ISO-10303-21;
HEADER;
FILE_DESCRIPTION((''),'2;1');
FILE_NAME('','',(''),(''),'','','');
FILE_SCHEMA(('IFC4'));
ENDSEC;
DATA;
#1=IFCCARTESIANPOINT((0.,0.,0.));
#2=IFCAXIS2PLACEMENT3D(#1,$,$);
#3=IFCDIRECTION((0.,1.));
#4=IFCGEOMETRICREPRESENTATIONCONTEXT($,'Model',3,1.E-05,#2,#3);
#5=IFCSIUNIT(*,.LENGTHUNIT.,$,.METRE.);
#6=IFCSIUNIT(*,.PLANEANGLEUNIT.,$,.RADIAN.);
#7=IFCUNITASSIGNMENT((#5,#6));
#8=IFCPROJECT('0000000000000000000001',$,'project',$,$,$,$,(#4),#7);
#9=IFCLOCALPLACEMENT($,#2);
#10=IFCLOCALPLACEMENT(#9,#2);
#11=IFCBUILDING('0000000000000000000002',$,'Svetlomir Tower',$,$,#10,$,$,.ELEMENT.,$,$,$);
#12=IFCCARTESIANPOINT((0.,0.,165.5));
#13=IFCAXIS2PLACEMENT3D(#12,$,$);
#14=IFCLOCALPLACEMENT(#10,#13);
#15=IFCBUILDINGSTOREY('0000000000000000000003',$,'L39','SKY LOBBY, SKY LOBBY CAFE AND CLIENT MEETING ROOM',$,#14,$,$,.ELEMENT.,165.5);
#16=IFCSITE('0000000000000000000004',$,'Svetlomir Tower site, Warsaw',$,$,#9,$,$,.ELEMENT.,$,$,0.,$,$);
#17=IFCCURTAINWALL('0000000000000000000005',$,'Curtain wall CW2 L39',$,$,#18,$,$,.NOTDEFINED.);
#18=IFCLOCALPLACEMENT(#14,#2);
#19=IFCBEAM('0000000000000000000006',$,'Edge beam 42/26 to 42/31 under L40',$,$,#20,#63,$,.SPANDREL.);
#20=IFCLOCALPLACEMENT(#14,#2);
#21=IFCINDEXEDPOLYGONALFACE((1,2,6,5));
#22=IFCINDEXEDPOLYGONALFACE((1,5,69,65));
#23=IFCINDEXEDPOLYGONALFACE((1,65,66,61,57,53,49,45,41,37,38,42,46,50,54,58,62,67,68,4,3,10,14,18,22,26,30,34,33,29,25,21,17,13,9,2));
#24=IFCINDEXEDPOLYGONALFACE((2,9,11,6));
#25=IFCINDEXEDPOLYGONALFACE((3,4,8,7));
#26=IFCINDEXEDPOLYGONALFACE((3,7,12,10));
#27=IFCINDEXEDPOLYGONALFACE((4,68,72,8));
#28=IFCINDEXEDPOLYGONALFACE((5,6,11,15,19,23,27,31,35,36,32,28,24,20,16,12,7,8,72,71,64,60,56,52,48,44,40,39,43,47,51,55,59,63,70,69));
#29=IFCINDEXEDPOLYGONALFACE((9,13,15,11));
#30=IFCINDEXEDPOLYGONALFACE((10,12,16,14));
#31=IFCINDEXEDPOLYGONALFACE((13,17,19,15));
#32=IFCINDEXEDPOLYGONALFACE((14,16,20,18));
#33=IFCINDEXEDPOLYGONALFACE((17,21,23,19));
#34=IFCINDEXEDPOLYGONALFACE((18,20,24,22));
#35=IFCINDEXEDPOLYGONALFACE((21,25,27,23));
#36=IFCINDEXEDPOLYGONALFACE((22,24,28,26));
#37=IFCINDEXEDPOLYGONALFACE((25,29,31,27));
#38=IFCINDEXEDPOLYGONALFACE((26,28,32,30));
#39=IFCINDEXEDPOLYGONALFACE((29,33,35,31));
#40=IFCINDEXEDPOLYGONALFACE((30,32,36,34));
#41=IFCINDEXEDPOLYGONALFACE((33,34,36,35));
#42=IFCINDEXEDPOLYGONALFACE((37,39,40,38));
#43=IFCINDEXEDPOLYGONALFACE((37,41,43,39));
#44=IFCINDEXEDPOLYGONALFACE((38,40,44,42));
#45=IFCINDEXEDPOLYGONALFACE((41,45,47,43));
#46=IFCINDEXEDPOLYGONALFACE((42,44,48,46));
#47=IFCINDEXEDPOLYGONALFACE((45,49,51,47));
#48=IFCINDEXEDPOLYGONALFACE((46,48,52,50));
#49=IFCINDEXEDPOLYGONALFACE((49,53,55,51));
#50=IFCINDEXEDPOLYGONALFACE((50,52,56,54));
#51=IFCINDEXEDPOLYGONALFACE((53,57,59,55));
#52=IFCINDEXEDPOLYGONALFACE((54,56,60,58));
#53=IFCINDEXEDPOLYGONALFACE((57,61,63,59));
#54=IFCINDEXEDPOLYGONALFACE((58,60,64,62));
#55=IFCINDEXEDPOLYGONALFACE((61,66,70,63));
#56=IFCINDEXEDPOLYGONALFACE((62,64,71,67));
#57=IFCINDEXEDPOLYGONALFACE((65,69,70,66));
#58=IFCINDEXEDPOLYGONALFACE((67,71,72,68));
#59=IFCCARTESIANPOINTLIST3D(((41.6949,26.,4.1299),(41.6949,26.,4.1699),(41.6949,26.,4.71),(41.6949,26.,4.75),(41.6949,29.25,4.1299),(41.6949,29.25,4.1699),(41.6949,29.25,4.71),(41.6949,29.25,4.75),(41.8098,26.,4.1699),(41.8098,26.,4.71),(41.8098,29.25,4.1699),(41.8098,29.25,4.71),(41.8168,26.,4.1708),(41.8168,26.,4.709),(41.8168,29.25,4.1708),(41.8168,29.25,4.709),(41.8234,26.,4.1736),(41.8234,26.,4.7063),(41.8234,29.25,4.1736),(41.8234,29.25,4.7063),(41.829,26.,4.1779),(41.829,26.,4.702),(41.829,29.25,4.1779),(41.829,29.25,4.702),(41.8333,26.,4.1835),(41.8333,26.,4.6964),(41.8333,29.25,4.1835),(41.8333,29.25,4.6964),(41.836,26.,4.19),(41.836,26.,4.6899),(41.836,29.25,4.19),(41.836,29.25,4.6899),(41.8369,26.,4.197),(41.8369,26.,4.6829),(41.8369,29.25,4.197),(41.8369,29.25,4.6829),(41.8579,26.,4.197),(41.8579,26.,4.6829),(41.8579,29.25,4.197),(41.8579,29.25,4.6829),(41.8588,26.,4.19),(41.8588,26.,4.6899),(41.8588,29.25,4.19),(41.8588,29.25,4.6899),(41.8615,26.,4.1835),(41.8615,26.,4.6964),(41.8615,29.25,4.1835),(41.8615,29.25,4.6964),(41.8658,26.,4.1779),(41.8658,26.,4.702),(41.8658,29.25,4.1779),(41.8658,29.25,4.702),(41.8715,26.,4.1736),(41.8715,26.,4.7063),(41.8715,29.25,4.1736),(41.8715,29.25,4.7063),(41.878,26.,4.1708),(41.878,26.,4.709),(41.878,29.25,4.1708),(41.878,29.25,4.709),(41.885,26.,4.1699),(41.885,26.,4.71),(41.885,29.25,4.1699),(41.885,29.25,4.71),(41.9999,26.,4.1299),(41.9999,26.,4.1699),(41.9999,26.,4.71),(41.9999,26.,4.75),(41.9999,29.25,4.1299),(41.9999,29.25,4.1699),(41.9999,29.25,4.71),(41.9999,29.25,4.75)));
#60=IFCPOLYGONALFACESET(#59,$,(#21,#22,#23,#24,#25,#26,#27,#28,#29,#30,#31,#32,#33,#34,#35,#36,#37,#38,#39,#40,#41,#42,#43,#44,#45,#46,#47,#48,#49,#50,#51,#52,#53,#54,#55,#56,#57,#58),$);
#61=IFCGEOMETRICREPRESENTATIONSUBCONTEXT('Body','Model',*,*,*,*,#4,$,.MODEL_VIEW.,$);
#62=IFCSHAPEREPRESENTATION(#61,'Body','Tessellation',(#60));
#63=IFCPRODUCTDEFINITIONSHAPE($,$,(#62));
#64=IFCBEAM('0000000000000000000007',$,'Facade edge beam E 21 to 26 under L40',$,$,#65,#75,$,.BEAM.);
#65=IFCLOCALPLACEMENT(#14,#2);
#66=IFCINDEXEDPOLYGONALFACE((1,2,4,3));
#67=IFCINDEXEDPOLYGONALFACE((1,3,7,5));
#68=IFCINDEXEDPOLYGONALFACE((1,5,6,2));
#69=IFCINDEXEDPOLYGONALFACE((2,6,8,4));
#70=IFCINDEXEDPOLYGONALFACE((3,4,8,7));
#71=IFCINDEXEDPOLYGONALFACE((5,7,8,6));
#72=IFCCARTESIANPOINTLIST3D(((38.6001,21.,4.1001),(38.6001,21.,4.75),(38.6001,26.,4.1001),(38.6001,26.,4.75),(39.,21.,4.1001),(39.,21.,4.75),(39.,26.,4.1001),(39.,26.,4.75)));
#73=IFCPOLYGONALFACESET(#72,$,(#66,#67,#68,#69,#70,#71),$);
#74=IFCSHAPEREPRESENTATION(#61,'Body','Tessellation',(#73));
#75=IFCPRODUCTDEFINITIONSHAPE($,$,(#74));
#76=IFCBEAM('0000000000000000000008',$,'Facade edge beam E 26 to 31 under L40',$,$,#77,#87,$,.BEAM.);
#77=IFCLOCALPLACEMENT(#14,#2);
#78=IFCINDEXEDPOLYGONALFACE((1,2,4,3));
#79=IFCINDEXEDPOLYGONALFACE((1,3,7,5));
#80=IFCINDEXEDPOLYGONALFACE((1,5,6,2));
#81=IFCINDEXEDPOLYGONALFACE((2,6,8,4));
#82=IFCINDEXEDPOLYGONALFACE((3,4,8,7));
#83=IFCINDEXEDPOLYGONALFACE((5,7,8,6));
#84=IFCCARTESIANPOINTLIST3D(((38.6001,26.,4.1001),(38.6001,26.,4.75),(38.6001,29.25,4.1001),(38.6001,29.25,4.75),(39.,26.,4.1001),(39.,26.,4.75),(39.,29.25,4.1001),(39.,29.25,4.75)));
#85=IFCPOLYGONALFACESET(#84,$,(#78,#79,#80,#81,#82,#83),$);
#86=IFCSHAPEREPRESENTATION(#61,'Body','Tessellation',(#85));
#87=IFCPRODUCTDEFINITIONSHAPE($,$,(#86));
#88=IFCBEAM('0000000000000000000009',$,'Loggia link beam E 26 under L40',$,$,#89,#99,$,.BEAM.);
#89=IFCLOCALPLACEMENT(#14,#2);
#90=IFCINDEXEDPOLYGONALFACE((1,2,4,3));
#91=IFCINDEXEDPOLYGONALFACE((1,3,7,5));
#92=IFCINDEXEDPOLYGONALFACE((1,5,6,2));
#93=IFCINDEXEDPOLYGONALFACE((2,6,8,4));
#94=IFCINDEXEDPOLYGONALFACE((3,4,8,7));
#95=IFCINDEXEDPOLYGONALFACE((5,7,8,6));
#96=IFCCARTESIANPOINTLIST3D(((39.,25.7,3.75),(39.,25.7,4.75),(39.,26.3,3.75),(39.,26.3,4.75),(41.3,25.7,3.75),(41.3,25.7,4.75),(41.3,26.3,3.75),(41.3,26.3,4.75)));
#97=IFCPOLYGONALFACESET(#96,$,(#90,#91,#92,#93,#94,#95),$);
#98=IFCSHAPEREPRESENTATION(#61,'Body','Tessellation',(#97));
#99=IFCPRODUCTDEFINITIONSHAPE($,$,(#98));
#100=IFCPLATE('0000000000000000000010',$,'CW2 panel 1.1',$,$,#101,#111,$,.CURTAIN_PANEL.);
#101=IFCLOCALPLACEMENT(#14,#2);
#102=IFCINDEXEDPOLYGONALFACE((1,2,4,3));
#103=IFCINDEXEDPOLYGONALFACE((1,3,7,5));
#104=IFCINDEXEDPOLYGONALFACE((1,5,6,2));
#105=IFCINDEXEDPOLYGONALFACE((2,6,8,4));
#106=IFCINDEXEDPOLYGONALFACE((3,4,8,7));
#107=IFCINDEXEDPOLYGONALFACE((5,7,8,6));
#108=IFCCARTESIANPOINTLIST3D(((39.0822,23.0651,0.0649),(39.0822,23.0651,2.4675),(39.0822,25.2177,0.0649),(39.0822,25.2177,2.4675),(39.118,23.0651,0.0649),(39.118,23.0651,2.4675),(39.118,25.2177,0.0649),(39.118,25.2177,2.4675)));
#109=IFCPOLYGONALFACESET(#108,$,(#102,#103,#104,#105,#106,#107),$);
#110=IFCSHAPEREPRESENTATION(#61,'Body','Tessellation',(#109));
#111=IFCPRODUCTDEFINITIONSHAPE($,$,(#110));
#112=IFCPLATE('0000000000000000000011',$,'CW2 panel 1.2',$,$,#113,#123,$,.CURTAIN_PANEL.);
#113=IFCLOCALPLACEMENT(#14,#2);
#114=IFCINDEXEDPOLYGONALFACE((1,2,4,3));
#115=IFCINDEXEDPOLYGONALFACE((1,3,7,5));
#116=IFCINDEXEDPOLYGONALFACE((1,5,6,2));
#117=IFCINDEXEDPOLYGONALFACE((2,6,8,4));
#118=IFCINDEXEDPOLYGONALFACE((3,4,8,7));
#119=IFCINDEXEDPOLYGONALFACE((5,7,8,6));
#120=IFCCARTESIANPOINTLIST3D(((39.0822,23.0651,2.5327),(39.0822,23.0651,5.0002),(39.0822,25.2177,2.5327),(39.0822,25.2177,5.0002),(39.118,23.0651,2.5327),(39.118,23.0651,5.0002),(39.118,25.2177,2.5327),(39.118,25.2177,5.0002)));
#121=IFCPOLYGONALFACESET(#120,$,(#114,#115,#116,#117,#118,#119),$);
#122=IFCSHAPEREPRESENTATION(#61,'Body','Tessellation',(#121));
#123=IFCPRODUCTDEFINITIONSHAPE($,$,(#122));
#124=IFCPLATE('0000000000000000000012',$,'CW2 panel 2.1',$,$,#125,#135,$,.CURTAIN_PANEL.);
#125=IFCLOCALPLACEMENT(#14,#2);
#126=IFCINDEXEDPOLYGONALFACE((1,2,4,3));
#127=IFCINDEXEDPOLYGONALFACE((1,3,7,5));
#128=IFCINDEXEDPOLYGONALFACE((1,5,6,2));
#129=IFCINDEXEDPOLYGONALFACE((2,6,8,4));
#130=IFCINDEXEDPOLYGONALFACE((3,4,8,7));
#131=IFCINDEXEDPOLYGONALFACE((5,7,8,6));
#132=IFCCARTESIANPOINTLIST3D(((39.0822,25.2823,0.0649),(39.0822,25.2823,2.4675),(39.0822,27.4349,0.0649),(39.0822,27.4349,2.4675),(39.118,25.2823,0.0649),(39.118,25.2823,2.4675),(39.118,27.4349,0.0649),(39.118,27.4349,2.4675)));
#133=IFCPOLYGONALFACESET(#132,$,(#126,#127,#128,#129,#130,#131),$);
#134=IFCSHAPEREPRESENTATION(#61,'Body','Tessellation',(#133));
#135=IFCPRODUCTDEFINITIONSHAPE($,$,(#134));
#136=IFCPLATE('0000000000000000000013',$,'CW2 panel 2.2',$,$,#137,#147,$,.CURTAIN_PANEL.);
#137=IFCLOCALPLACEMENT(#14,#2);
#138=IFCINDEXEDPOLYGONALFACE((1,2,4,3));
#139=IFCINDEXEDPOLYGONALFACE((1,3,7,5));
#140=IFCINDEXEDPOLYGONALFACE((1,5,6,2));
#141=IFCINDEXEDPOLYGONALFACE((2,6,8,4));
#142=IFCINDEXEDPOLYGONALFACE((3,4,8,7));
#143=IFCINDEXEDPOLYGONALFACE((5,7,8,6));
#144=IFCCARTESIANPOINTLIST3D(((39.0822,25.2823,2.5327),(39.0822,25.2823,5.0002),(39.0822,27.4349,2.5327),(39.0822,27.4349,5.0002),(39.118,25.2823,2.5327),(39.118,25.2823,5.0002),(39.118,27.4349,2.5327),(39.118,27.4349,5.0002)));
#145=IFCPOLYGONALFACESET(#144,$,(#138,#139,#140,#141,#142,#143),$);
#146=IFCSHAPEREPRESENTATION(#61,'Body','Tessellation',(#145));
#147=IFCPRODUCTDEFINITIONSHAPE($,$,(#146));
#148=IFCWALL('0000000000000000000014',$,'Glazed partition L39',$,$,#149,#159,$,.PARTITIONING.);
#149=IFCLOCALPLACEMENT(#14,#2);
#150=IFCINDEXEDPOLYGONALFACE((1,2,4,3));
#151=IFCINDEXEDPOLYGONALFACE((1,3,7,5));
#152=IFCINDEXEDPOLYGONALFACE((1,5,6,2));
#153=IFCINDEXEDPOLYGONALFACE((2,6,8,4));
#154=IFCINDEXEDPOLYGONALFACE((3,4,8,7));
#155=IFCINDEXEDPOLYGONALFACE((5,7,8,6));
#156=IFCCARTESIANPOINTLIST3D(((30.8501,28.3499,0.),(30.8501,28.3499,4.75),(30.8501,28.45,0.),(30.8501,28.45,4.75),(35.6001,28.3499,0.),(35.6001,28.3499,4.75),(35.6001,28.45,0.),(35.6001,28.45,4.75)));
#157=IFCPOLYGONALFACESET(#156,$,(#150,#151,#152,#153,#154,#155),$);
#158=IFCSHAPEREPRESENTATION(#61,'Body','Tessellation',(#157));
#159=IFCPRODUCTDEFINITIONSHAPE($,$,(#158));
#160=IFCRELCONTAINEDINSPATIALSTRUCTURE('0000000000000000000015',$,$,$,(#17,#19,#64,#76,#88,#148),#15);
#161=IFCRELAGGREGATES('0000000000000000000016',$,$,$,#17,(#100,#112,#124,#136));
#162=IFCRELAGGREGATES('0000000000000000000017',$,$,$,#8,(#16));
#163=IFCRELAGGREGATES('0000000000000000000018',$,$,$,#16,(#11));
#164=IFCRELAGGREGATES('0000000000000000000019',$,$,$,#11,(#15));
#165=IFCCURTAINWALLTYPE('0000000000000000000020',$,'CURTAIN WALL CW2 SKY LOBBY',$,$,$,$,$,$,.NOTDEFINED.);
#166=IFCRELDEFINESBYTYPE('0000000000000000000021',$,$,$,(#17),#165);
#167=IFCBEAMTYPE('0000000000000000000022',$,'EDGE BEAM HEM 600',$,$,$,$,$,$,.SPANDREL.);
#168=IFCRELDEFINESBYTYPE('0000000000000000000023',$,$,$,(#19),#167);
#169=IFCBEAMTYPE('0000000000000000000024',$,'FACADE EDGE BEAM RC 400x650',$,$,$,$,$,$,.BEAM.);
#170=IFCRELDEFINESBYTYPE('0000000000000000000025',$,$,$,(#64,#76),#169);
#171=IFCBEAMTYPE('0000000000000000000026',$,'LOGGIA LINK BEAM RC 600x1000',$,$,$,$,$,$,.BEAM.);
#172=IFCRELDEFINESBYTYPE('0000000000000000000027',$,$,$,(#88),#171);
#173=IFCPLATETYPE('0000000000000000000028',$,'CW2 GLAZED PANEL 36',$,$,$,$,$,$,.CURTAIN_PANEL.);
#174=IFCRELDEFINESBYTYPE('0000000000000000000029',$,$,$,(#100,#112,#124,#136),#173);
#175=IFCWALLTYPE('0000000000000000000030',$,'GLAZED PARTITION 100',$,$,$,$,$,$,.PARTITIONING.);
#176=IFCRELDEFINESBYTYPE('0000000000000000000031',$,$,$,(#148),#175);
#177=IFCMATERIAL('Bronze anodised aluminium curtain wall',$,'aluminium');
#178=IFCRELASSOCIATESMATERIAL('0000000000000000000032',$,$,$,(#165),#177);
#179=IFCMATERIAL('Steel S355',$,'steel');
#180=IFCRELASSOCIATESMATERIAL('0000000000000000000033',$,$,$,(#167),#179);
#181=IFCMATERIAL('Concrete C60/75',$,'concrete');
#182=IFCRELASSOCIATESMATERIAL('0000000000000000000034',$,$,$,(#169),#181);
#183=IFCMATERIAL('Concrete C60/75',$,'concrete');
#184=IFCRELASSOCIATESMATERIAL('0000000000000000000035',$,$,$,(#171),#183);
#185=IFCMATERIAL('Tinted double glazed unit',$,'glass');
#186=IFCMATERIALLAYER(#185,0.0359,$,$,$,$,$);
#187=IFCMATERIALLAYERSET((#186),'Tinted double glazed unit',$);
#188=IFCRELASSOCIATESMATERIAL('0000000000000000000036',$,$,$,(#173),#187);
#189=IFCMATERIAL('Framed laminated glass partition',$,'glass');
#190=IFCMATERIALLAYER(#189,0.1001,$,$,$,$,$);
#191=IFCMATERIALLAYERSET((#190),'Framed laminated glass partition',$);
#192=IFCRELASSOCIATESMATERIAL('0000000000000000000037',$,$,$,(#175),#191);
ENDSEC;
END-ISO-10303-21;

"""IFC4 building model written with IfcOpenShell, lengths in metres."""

from ifc_helpers import new_model, si_unit, direction, frame, frame_2d, origin, origin_2d, place, context, subcontext, project, spatial, rectangle, i_section, extrude, material, layer, layer_set, material_profile, profile_set, type_object, element, aggregate, save


model = new_model("IFC4")

# Units and contexts
model_context = context("Model", 3, precision=1e-05, world=origin(), true_north=direction((0.0, 1.0)))
body_context = subcontext(model_context, "Body", "Model", "MODEL_VIEW")
ifc_project = project(units=[si_unit("LENGTHUNIT", "METRE"), si_unit("PLANEANGLEUNIT", "RADIAN")], contexts=[model_context])

# Site, building, storey
site_placement = place(None, origin())
site = spatial("IfcSite", under=ifc_project, at=site_placement, Name="Svetlomir Tower site, Warsaw", CompositionType="ELEMENT", RefElevation=0.0)
building_placement = place(site_placement, origin())
building = spatial("IfcBuilding", under=site, at=building_placement, Name="Svetlomir Tower", CompositionType="ELEMENT")
storey_placement = place(building_placement, frame((0.0, 0.0, 165.5)))
storey = spatial("IfcBuildingStorey", under=building, at=storey_placement, Name="L39", Description="SKY LOBBY, SKY LOBBY CAFE AND CLIENT MEETING ROOM", CompositionType="ELEMENT", Elevation=165.5)

# Curtain wall
ifc_material_1 = material(Name="Bronze anodised aluminium curtain wall", Category="aluminium")
curtain_wall_type = type_object("IfcCurtainWallType", Name="CURTAIN WALL CW2 SKY LOBBY", PredefinedType="NOTDEFINED", material=ifc_material_1)
curtain_wall_placement = place(storey_placement, origin())
curtain_wall = element("IfcCurtainWall", 1, at=curtain_wall_placement, inside=storey, type_object=curtain_wall_type, Name="Curtain wall CW2 L39", PredefinedType="NOTDEFINED")

# Beams
ifc_material_2 = material(Name="Steel S355", Category="steel")
ifc_material_profile_1 = material_profile(ifc_material_2, i_section(OverallWidth=0.3049, OverallDepth=0.6201, WebThickness=0.021, FlangeThickness=0.04, FilletRadius=0.0271, at=origin_2d()), Name="HEM 600")
ifc_profile_set_1 = profile_set([ifc_material_profile_1], Name="Steel S355")
beam_type_1 = type_object("IfcBeamType", Name="EDGE BEAM HEM 600", PredefinedType="SPANDREL", material=ifc_profile_set_1)
beam_1_placement = place(storey_placement, frame((41.8474, 26.0, 4.4399), z_axis=(0.0, 1.0, 0.0), x_axis=(-1.0, 0.0, 0.0)))
element("IfcBeam", 2, at=beam_1_placement, inside=storey, type_object=beam_type_1, Name="Edge beam 42/26 to 42/31 under L40", PredefinedType="SPANDREL", context=body_context, shape_type="SweptSolid", body=[
    extrude(i_section(OverallWidth=0.3049, OverallDepth=0.6201, WebThickness=0.021, FlangeThickness=0.04, FilletRadius=0.0271, at=origin_2d()), origin(), (0.0, 0.0, 1.0), 3.25),
])
ifc_material_3 = material(Name="Concrete C60/75", Category="concrete")
ifc_material_profile_2 = material_profile(ifc_material_3, rectangle(XDim=0.3999, YDim=0.6499, at=origin_2d()), Name="RC 400x650")
ifc_profile_set_2 = profile_set([ifc_material_profile_2], Name="Concrete C60/75")
beam_type_2 = type_object("IfcBeamType", Name="FACADE EDGE BEAM RC 400x650", PredefinedType="BEAM", material=ifc_profile_set_2)
beam_2_placement = place(storey_placement, frame((38.8, 21.0, 4.425), z_axis=(0.0, 1.0, 0.0), x_axis=(-1.0, 0.0, 0.0)))
element("IfcBeam", 3, at=beam_2_placement, inside=storey, type_object=beam_type_2, Name="Facade edge beam E 21 to 26 under L40", PredefinedType="BEAM", context=body_context, shape_type="SweptSolid", body=[
    extrude(rectangle(XDim=0.3999, YDim=0.6499, at=origin_2d()), origin(), (0.0, 0.0, 1.0), 5.0),
])
beam_3_placement = place(storey_placement, frame((38.8, 26.0, 4.425), z_axis=(0.0, 1.0, 0.0), x_axis=(-1.0, 0.0, 0.0)))
element("IfcBeam", 4, at=beam_3_placement, inside=storey, type_object=beam_type_2, Name="Facade edge beam E 26 to 31 under L40", PredefinedType="BEAM", context=body_context, shape_type="SweptSolid", body=[
    extrude(rectangle(XDim=0.3999, YDim=0.6499, at=origin_2d()), origin(), (0.0, 0.0, 1.0), 3.25),
])
ifc_material_4 = material(Name="Concrete C60/75", Category="concrete")
ifc_material_profile_3 = material_profile(ifc_material_4, rectangle(XDim=0.6001, YDim=1.0, at=origin_2d()), Name="RC 600x1000")
ifc_profile_set_3 = profile_set([ifc_material_profile_3], Name="Concrete C60/75")
beam_type_3 = type_object("IfcBeamType", Name="LOGGIA LINK BEAM RC 600x1000", PredefinedType="BEAM", material=ifc_profile_set_3)
beam_4_placement = place(storey_placement, frame((41.3, 26.0, 4.25), z_axis=(-1.0, 0.0, 0.0), x_axis=(0.0, -1.0, 0.0)))
element("IfcBeam", 5, at=beam_4_placement, inside=storey, type_object=beam_type_3, Name="Loggia link beam E 26 under L40", PredefinedType="BEAM", context=body_context, shape_type="SweptSolid", body=[
    extrude(rectangle(XDim=0.6001, YDim=1.0, at=origin_2d()), origin(), (0.0, 0.0, 1.0), 2.3),
])

# Plates
ifc_material_5 = material(Name="Tinted double glazed unit", Category="glass")
ifc_layer_1 = layer(ifc_material_5, 0.0359)
ifc_layer_set_1 = layer_set([ifc_layer_1], Name="Tinted double glazed unit")
plate_type = type_object("IfcPlateType", Name="CW2 GLAZED PANEL 36", PredefinedType="CURTAIN_PANEL", material=ifc_layer_set_1)
plate_1_placement = place(storey_placement, frame((39.1001, 24.1414, 0.0649), z_axis=(0.0, 0.0, 1.0), x_axis=(0.0, 1.0, 0.0)))
plate_1 = element("IfcPlate", 6, at=plate_1_placement, type_object=plate_type, Name="CW2 panel 1.1", PredefinedType="CURTAIN_PANEL", context=body_context, shape_type="SweptSolid", body=[
    extrude(rectangle(XDim=2.1526, YDim=0.0359, at=origin_2d()), origin(), (0.0, 0.0, 1.0), 2.4026),
])
plate_2_placement = place(storey_placement, frame((39.1001, 24.1414, 2.5327), z_axis=(0.0, 0.0, 1.0), x_axis=(0.0, 1.0, 0.0)))
plate_2 = element("IfcPlate", 7, at=plate_2_placement, type_object=plate_type, Name="CW2 panel 1.2", PredefinedType="CURTAIN_PANEL", context=body_context, shape_type="SweptSolid", body=[
    extrude(rectangle(XDim=2.1526, YDim=0.0359, at=origin_2d()), origin(), (0.0, 0.0, 1.0), 2.4675),
])
plate_3_placement = place(storey_placement, frame((39.1001, 26.3586, 0.0649), z_axis=(0.0, 0.0, 1.0), x_axis=(0.0, 1.0, 0.0)))
plate_3 = element("IfcPlate", 8, at=plate_3_placement, type_object=plate_type, Name="CW2 panel 2.1", PredefinedType="CURTAIN_PANEL", context=body_context, shape_type="SweptSolid", body=[
    extrude(rectangle(XDim=2.1526, YDim=0.0359, at=origin_2d()), origin(), (0.0, 0.0, 1.0), 2.4026),
])
plate_4_placement = place(storey_placement, frame((39.1001, 26.3586, 2.5327), z_axis=(0.0, 0.0, 1.0), x_axis=(0.0, 1.0, 0.0)))
plate_4 = element("IfcPlate", 9, at=plate_4_placement, type_object=plate_type, Name="CW2 panel 2.2", PredefinedType="CURTAIN_PANEL", context=body_context, shape_type="SweptSolid", body=[
    extrude(rectangle(XDim=2.1526, YDim=0.0359, at=origin_2d()), origin(), (0.0, 0.0, 1.0), 2.4675),
])
aggregate(curtain_wall, [plate_1, plate_2, plate_3, plate_4])

# Wall
ifc_material_6 = material(Name="Framed laminated glass partition", Category="glass")
ifc_layer_2 = layer(ifc_material_6, 0.1001)
ifc_layer_set_2 = layer_set([ifc_layer_2], Name="Framed laminated glass partition")
wall_type = type_object("IfcWallType", Name="GLAZED PARTITION 100", PredefinedType="PARTITIONING", material=ifc_layer_set_2)
wall_1_placement = place(storey_placement, frame((30.8501, 28.3999, 0.0), z_axis=(0.0, 0.0, 1.0), x_axis=(1.0, 0.0, 0.0)))
element("IfcWall", 10, at=wall_1_placement, inside=storey, type_object=wall_type, Name="Glazed partition L39", PredefinedType="PARTITIONING", context=body_context, shape_type="SweptSolid", body=[
    extrude(rectangle(XDim=4.75, YDim=0.1001, at=frame_2d((2.375, 0.0))), origin(), (0.0, 0.0, 1.0), 4.75),
])

save(model, "model.ifc")
